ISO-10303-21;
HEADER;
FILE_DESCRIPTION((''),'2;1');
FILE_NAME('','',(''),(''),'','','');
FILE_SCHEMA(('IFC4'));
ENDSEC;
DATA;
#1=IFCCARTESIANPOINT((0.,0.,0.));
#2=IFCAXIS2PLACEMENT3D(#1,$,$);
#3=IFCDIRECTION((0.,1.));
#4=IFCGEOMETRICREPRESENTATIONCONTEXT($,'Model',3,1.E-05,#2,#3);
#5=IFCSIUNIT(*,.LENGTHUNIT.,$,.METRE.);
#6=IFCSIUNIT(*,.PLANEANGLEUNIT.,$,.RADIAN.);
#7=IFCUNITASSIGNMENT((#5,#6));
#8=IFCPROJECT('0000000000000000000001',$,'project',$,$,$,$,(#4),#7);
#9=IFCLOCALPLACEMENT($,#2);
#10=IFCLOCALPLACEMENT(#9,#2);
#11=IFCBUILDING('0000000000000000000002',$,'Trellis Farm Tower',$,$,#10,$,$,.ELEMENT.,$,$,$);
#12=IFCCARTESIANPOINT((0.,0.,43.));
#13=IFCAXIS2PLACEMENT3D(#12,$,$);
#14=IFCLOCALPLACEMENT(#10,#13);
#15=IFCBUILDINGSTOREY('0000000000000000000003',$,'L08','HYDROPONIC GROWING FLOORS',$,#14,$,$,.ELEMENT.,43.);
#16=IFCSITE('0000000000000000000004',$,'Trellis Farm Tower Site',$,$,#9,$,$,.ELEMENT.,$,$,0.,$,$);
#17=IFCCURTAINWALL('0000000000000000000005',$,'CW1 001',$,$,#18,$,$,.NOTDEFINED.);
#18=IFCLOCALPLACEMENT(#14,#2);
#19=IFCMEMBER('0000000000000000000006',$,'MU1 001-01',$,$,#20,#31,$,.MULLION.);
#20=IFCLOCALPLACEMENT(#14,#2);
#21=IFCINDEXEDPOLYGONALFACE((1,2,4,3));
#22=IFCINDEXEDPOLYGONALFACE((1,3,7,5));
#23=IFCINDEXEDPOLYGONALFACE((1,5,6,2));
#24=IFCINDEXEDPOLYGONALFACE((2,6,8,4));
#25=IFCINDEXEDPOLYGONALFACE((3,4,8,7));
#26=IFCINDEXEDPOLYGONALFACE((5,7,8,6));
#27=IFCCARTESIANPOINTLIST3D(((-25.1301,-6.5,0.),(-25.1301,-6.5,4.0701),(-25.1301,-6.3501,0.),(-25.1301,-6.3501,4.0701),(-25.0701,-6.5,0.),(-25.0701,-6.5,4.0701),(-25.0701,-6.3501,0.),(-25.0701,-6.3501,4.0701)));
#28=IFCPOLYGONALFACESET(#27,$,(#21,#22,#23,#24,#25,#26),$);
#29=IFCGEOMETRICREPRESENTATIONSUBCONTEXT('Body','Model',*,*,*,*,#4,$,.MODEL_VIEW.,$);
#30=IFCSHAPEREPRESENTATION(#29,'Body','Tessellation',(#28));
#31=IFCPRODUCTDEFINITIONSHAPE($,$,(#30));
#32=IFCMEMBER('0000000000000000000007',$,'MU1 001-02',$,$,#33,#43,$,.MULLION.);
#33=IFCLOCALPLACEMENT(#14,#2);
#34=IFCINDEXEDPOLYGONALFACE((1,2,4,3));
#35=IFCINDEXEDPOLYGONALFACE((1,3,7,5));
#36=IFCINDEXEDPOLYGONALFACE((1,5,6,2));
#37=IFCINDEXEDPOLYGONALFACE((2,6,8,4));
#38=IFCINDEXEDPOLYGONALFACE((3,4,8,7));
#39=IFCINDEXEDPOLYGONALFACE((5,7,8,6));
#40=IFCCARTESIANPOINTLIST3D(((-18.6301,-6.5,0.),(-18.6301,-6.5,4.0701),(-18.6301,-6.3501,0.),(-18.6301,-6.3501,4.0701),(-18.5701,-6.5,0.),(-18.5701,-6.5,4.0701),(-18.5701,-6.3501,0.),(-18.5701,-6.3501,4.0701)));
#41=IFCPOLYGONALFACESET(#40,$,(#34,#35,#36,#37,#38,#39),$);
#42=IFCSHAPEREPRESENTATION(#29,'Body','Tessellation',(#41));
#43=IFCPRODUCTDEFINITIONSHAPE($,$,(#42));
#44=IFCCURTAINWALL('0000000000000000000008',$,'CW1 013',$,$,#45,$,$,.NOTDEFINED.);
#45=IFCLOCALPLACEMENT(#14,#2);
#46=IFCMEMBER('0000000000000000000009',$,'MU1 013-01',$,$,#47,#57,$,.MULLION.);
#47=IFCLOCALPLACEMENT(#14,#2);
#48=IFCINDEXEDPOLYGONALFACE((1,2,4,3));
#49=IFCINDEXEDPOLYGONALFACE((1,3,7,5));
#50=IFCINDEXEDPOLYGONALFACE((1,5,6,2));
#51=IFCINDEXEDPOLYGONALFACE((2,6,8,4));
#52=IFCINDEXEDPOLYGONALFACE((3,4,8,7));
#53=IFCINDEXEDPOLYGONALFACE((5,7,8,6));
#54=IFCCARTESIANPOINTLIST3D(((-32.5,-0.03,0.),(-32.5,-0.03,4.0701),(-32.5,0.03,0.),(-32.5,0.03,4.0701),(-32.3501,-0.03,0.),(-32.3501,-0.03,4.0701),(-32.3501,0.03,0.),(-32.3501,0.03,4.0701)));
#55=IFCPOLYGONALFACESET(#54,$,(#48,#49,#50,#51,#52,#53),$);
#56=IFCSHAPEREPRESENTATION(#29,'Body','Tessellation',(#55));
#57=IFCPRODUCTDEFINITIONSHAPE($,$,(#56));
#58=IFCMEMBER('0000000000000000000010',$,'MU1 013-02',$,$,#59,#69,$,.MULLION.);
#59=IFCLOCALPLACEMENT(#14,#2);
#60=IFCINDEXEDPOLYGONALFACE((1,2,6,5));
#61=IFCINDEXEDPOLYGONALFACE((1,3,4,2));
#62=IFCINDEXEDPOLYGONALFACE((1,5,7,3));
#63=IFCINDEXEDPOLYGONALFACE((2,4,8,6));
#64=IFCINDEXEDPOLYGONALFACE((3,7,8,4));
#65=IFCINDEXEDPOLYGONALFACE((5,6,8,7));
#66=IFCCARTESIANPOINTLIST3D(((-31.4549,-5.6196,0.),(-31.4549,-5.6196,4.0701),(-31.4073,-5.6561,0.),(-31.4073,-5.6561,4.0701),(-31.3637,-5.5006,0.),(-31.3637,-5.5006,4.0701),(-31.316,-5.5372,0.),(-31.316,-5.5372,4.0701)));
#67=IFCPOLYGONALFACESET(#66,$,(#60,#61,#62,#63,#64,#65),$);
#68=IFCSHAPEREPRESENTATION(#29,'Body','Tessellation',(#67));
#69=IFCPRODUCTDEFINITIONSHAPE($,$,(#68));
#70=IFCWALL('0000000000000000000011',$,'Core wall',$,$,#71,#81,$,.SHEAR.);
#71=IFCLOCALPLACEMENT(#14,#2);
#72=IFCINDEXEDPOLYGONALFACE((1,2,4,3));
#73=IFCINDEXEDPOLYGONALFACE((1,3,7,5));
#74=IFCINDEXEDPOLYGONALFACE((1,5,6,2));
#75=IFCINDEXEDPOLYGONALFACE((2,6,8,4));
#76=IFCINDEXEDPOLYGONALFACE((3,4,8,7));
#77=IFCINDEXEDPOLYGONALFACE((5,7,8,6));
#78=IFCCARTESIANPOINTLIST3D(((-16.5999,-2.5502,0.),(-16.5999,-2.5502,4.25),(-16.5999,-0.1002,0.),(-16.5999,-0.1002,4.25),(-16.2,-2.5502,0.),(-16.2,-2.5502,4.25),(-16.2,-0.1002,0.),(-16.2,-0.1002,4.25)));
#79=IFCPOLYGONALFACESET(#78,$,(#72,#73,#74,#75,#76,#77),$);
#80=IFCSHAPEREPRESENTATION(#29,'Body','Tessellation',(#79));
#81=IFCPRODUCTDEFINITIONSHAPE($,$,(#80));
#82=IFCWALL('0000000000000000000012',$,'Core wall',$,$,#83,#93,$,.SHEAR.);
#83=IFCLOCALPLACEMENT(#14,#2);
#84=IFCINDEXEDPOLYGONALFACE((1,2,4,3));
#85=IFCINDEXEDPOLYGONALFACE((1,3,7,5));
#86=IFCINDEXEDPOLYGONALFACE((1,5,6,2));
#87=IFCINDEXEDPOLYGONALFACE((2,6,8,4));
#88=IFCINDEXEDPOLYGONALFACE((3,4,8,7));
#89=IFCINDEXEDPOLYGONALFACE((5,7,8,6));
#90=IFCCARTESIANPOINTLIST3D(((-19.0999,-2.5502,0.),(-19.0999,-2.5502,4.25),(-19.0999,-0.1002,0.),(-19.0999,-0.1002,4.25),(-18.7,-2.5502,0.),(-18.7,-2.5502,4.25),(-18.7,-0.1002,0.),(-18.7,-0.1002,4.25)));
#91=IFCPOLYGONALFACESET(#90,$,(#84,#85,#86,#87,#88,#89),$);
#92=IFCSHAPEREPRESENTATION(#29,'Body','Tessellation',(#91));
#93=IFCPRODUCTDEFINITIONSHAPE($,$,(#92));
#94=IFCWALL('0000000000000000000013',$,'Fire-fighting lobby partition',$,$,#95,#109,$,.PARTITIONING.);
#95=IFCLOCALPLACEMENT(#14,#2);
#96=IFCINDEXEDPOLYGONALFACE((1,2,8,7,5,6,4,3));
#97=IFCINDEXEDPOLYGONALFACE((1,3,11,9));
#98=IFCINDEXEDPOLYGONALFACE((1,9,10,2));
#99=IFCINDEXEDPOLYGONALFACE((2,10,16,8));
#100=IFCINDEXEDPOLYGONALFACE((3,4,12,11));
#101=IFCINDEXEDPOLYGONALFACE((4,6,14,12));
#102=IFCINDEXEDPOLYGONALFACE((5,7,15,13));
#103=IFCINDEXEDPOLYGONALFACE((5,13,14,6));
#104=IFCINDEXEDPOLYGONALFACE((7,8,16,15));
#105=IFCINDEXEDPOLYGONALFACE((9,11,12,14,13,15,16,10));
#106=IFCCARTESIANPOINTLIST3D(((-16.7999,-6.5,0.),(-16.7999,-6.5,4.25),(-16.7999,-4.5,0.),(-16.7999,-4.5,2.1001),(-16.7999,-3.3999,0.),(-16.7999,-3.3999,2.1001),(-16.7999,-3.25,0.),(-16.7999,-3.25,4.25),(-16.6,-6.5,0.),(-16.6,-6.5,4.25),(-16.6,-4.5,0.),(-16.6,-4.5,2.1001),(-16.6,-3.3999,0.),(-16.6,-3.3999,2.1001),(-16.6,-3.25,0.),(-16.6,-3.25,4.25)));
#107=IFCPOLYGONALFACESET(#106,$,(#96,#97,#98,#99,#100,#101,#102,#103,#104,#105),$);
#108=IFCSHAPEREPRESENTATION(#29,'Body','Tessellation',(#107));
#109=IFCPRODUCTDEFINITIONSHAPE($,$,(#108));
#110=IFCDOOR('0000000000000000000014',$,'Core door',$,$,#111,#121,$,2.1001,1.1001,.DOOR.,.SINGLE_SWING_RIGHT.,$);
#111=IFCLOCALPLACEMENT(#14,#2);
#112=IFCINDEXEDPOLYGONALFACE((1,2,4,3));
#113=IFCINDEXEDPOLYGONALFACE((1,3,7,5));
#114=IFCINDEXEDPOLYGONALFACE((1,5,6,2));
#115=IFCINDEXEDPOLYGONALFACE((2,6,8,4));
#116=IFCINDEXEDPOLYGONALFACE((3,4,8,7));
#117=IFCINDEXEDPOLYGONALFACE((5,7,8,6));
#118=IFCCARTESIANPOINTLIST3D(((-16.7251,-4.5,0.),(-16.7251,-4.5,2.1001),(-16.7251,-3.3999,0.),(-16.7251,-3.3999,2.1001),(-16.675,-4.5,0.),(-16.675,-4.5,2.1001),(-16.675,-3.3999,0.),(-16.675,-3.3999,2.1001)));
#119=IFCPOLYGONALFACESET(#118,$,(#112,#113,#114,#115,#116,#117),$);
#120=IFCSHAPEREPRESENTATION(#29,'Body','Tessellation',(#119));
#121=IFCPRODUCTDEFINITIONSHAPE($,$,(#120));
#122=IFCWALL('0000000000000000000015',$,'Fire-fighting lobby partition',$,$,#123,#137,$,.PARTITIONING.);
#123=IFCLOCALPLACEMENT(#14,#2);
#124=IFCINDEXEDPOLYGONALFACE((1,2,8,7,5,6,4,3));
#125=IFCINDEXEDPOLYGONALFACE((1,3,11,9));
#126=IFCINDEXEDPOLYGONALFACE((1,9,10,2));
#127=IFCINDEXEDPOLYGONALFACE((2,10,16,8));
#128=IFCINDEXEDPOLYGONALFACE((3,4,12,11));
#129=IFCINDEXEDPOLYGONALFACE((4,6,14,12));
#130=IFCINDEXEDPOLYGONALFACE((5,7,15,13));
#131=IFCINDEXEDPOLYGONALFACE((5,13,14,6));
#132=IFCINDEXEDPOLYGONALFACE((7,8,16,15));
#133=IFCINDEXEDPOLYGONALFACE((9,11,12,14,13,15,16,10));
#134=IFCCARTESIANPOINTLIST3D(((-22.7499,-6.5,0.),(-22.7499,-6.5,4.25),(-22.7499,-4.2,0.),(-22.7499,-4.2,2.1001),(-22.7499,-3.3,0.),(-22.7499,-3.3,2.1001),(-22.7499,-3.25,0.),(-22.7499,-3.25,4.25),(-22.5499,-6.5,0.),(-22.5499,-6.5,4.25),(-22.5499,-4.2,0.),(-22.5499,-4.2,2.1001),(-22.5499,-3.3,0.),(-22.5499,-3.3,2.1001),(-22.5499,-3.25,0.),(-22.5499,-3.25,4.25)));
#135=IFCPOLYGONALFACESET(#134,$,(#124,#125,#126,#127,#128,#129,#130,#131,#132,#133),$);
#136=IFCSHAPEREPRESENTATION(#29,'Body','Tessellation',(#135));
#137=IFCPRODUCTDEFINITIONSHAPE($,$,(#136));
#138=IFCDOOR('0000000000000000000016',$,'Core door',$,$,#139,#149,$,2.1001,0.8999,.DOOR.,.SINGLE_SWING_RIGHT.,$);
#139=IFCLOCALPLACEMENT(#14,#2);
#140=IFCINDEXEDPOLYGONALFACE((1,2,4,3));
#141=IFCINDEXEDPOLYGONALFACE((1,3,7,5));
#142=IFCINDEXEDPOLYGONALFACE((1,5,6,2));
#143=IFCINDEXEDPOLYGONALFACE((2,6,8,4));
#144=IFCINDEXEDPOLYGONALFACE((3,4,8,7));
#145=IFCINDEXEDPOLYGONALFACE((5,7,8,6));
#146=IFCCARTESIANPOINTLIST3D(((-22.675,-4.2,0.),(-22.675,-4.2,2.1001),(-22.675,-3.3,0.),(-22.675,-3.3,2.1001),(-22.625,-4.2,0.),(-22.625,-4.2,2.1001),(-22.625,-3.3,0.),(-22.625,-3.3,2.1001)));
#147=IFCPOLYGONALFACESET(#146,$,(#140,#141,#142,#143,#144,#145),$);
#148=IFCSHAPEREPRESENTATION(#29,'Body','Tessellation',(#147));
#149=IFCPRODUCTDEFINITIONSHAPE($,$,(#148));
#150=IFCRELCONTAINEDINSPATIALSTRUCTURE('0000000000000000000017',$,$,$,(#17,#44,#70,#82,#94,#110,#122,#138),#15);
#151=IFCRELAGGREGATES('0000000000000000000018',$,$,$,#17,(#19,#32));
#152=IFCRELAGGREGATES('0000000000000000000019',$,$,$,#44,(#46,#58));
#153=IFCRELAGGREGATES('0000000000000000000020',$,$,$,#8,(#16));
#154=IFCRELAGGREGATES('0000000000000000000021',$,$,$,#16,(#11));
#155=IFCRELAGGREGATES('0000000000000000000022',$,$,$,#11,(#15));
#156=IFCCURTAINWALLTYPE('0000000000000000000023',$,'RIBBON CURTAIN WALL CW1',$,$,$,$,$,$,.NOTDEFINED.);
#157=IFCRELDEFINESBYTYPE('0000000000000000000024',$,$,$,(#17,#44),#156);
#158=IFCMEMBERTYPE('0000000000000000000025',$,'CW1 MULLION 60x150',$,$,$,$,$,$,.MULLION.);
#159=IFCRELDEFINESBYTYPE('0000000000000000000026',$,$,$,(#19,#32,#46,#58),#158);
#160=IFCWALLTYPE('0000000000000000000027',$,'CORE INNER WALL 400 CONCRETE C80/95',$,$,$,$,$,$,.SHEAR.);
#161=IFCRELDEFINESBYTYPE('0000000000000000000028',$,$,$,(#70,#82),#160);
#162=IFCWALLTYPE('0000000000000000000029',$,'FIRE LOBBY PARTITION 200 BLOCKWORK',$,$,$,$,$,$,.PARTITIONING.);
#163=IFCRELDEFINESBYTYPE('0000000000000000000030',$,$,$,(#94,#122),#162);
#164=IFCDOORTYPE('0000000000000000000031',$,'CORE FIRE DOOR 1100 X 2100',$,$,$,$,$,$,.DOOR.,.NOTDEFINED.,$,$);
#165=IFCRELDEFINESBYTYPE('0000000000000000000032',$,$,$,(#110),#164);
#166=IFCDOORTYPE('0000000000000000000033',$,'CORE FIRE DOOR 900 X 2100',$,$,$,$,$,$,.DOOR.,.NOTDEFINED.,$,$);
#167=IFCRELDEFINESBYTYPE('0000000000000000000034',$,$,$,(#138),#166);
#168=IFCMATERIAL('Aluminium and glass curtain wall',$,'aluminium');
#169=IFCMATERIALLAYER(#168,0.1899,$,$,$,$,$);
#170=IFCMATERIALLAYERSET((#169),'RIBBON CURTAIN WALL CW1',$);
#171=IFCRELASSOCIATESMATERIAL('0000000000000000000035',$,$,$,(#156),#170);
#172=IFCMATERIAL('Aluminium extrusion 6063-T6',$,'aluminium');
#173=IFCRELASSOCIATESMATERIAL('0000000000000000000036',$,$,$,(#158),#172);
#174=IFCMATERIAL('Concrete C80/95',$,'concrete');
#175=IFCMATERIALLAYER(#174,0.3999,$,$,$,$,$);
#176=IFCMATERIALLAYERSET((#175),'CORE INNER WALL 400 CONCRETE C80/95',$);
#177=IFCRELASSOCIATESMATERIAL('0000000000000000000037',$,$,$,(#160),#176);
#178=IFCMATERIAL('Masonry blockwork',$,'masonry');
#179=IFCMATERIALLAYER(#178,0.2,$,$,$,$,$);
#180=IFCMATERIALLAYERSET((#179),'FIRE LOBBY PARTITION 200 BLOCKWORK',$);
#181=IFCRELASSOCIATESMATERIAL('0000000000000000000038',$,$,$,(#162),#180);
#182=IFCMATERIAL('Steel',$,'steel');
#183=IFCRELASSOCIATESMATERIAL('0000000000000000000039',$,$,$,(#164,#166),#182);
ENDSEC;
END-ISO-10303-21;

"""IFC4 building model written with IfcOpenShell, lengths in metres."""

from ifc_helpers import new_model, si_unit, direction, frame, frame_2d, origin, origin_2d, place, context, subcontext, project, spatial, rectangle, extrude, source, transform, mapped, material, layer, layer_set, material_profile, profile_set, type_object, element, fill, aggregate, save


model = new_model("IFC4")

# Units and contexts
model_context = context("Model", 3, precision=1e-05, world=origin(), true_north=direction((0.0, 1.0)))
body_context = subcontext(model_context, "Body", "Model", "MODEL_VIEW")
ifc_project = project(units=[si_unit("LENGTHUNIT", "METRE"), si_unit("PLANEANGLEUNIT", "RADIAN")], contexts=[model_context])

# Site, building, storey
site_placement = place(None, origin())
site = spatial("IfcSite", under=ifc_project, at=site_placement, Name="Trellis Farm Tower Site", CompositionType="ELEMENT", RefElevation=0.0)
building_placement = place(site_placement, origin())
building = spatial("IfcBuilding", under=site, at=building_placement, Name="Trellis Farm Tower", CompositionType="ELEMENT")
storey_placement = place(building_placement, frame((0.0, 0.0, 43.0)))
storey = spatial("IfcBuildingStorey", under=building, at=storey_placement, Name="L08", Description="HYDROPONIC GROWING FLOORS", CompositionType="ELEMENT", Elevation=43.0)

# Shared definitions
ifc_material_1 = material(Name="Concrete C80/95", Category="concrete")

# Curtain walls, members
ifc_material_2 = material(Name="Aluminium and glass curtain wall", Category="aluminium")
ifc_layer_1 = layer(ifc_material_2, 0.1899)
ifc_layer_set_1 = layer_set([ifc_layer_1], Name="RIBBON CURTAIN WALL CW1")
curtain_wall_type = type_object("IfcCurtainWallType", Name="RIBBON CURTAIN WALL CW1", PredefinedType="NOTDEFINED", material=ifc_layer_set_1)
placement = place(storey_placement, origin())
curtain_wall_1 = element("IfcCurtainWall", 1, at=placement, inside=storey, type_object=curtain_wall_type, Name="CW1 001", PredefinedType="NOTDEFINED")
ifc_material_3 = material(Name="Aluminium extrusion 6063-T6", Category="aluminium")
ifc_material_profile_1 = material_profile(ifc_material_3, rectangle(XDim=0.0601, YDim=0.1499, at=origin_2d()), Name="MULLION 60x150")
ifc_profile_set_1 = profile_set([ifc_material_profile_1], Name="Aluminium extrusion 6063-T6")
member_type = type_object("IfcMemberType", Name="CW1 MULLION 60x150", PredefinedType="MULLION", material=ifc_profile_set_1)
shared_shape_1 = source(origin(), body_context, "Body", "SweptSolid", [
    extrude(rectangle(XDim=0.0601, YDim=0.1499, at=origin_2d()), origin(), (0.0, 0.0, 1.0), 4.0701),
])
member_1_placement = place(storey_placement, frame((-25.1001, -6.425, 0.0), z_axis=(0.0, 0.0, 1.0), x_axis=(1.0, 0.0, 0.0)))
member_1 = element("IfcMember", 2, at=member_1_placement, type_object=member_type, Name="MU1 001-01", PredefinedType="MULLION", context=body_context, shape_type="MappedRepresentation", body=[
    mapped(shared_shape_1, transform((0.0, 0.0, 0.0))),
])
member_2_placement = place(storey_placement, frame((-18.6001, -6.425, 0.0), z_axis=(0.0, 0.0, 1.0), x_axis=(1.0, 0.0, 0.0)))
member_2 = element("IfcMember", 3, at=member_2_placement, type_object=member_type, Name="MU1 001-02", PredefinedType="MULLION", context=body_context, shape_type="MappedRepresentation", body=[
    mapped(shared_shape_1, transform((0.0, 0.0, 0.0))),
])
aggregate(curtain_wall_1, [member_1, member_2])
curtain_wall_2 = element("IfcCurtainWall", 4, at=placement, inside=storey, type_object=curtain_wall_type, Name="CW1 013", PredefinedType="NOTDEFINED")
member_3_placement = place(storey_placement, frame((-32.425, 0.0, 0.0), z_axis=(0.0, 0.0, 1.0), x_axis=(0.0, -1.0, 0.0)))
member_3 = element("IfcMember", 5, at=member_3_placement, type_object=member_type, Name="MU1 013-01", PredefinedType="MULLION", context=body_context, shape_type="MappedRepresentation", body=[
    mapped(shared_shape_1, transform((0.0, 0.0, 0.0))),
])
member_4_placement = place(storey_placement, frame((-31.3855, -5.5784, 0.0), z_axis=(0.0, 0.0, 1.0), x_axis=(0.793353, -0.608761, 0.0)))
member_4 = element("IfcMember", 6, at=member_4_placement, type_object=member_type, Name="MU1 013-02", PredefinedType="MULLION", context=body_context, shape_type="MappedRepresentation", body=[
    mapped(shared_shape_1, transform((0.0, 0.0, 0.0))),
])
aggregate(curtain_wall_2, [member_3, member_4])

# Walls
ifc_layer_2 = layer(ifc_material_1, 0.3999)
ifc_layer_set_2 = layer_set([ifc_layer_2], Name="CORE INNER WALL 400 CONCRETE C80/95")
wall_type_1 = type_object("IfcWallType", Name="CORE INNER WALL 400 CONCRETE C80/95", PredefinedType="SHEAR", material=ifc_layer_set_2)
shared_shape_2 = source(origin(), body_context, "Body", "SweptSolid", [
    extrude(rectangle(XDim=2.45, YDim=0.3999, at=frame_2d((1.2251, 0.0))), origin(), (0.0, 0.0, 1.0), 4.25),
])
for number, where, z_axis, x_axis, name in (
    (7, (-16.3999, -0.1001, 0.0), (0.0, 0.0, 1.0), (0.0, -1.0, 0.0), "Core wall"),
    (8, (-18.8999, -0.1001, 0.0), (0.0, 0.0, 1.0), (0.0, -1.0, 0.0), "Core wall"),
):
    element("IfcWall", number, at=place(storey_placement, frame(where, z_axis=z_axis, x_axis=x_axis)), inside=storey, type_object=wall_type_1, Name=name, PredefinedType="SHEAR", context=body_context, shape_type="MappedRepresentation", body=[
        mapped(shared_shape_2, transform((0.0, 0.0, 0.0))),
    ])

# Walls, openings, doors
ifc_material_4 = material(Name="Masonry blockwork", Category="masonry")
ifc_layer_3 = layer(ifc_material_4, 0.2)
ifc_layer_set_3 = layer_set([ifc_layer_3], Name="FIRE LOBBY PARTITION 200 BLOCKWORK")
wall_type_2 = type_object("IfcWallType", Name="FIRE LOBBY PARTITION 200 BLOCKWORK", PredefinedType="PARTITIONING", material=ifc_layer_set_3)
shared_shape_3 = source(origin(), body_context, "Body", "SweptSolid", [
    extrude(rectangle(XDim=3.25, YDim=0.2, at=frame_2d((1.625, 0.0))), origin(), (0.0, 0.0, 1.0), 4.25),
])
wall_1_placement = place(storey_placement, frame((-16.7, -3.25, 0.0), z_axis=(0.0, 0.0, 1.0), x_axis=(0.0, -1.0, 0.0)))
wall_1 = element("IfcWall", 9, at=wall_1_placement, inside=storey, type_object=wall_type_2, Name="Fire-fighting lobby partition", PredefinedType="PARTITIONING", context=body_context, shape_type="MappedRepresentation", body=[
    mapped(shared_shape_3, transform((0.0, 0.0, 0.0))),
])
shared_shape_4 = source(origin(), body_context, "Body", "SweptSolid", [
    extrude(rectangle(XDim=1.1001, YDim=2.1001, at=frame_2d((0.55, 1.05))), frame((0.0, 0.1101, 0.0), z_axis=(0.0, -1.0, 0.0), x_axis=(1.0, 0.0, 0.0)), (0.0, 0.0, 1.0), 0.2202),
])
opening_1_placement = place(wall_1_placement, frame((0.1499, 0.0, 0.0)))
opening_1 = element("IfcOpeningElement", 10, at=opening_1_placement, cuts=wall_1, PredefinedType="OPENING", context=body_context, shape_type="MappedRepresentation", body=[
    mapped(shared_shape_4, transform((0.0, 0.0, 0.0))),
])
ifc_material_5 = material(Name="Steel", Category="steel")
door_type_1 = type_object("IfcDoorType", Name="CORE FIRE DOOR 1100 X 2100", OperationType="NOTDEFINED", PredefinedType="DOOR", material=ifc_material_5)
shared_shape_5 = source(origin(), body_context, "Body", "SweptSolid", [
    extrude(rectangle(XDim=1.1001, YDim=2.1001, at=frame_2d((0.55, 1.05))), frame((0.0, 0.0249, 0.0), z_axis=(0.0, -1.0, 0.0), x_axis=(1.0, 0.0, 0.0)), (0.0, 0.0, 1.0), 0.05),
])
door_1_placement = place(opening_1_placement, origin())
door_1 = element("IfcDoor", 11, at=door_1_placement, inside=storey, type_object=door_type_1, Name="Core door", OperationType="SINGLE_SWING_RIGHT", OverallHeight=2.1001, OverallWidth=1.1001, PredefinedType="DOOR", context=body_context, shape_type="MappedRepresentation", body=[
    mapped(shared_shape_5, transform((0.0, 0.0, 0.0))),
])
fill(opening_1, door_1)
wall_2_placement = place(storey_placement, frame((-22.6499, -3.25, 0.0), z_axis=(0.0, 0.0, 1.0), x_axis=(0.0, -1.0, 0.0)))
wall_2 = element("IfcWall", 12, at=wall_2_placement, inside=storey, type_object=wall_type_2, Name="Fire-fighting lobby partition", PredefinedType="PARTITIONING", context=body_context, shape_type="MappedRepresentation", body=[
    mapped(shared_shape_3, transform((0.0, 0.0, 0.0))),
])
shared_shape_6 = source(origin(), body_context, "Body", "SweptSolid", [
    extrude(rectangle(XDim=0.8999, YDim=2.1001, at=frame_2d((0.45, 1.05))), frame((0.0, 0.1101, 0.0), z_axis=(0.0, -1.0, 0.0), x_axis=(1.0, 0.0, 0.0)), (0.0, 0.0, 1.0), 0.2202),
])
opening_2_placement = place(wall_2_placement, frame((0.05, 0.0, 0.0)))
opening_2 = element("IfcOpeningElement", 13, at=opening_2_placement, cuts=wall_2, PredefinedType="OPENING", context=body_context, shape_type="MappedRepresentation", body=[
    mapped(shared_shape_6, transform((0.0, 0.0, 0.0))),
])
door_type_2 = type_object("IfcDoorType", Name="CORE FIRE DOOR 900 X 2100", OperationType="NOTDEFINED", PredefinedType="DOOR", material=ifc_material_5)
shared_shape_7 = source(origin(), body_context, "Body", "SweptSolid", [
    extrude(rectangle(XDim=0.8999, YDim=2.1001, at=frame_2d((0.45, 1.05))), frame((0.0, 0.0249, 0.0), z_axis=(0.0, -1.0, 0.0), x_axis=(1.0, 0.0, 0.0)), (0.0, 0.0, 1.0), 0.05),
])
door_2_placement = place(opening_2_placement, origin())
door_2 = element("IfcDoor", 14, at=door_2_placement, inside=storey, type_object=door_type_2, Name="Core door", OperationType="SINGLE_SWING_RIGHT", OverallHeight=2.1001, OverallWidth=0.8999, PredefinedType="DOOR", context=body_context, shape_type="MappedRepresentation", body=[
    mapped(shared_shape_7, transform((0.0, 0.0, 0.0))),
])
fill(opening_2, door_2)

save(model, "model.ifc")
